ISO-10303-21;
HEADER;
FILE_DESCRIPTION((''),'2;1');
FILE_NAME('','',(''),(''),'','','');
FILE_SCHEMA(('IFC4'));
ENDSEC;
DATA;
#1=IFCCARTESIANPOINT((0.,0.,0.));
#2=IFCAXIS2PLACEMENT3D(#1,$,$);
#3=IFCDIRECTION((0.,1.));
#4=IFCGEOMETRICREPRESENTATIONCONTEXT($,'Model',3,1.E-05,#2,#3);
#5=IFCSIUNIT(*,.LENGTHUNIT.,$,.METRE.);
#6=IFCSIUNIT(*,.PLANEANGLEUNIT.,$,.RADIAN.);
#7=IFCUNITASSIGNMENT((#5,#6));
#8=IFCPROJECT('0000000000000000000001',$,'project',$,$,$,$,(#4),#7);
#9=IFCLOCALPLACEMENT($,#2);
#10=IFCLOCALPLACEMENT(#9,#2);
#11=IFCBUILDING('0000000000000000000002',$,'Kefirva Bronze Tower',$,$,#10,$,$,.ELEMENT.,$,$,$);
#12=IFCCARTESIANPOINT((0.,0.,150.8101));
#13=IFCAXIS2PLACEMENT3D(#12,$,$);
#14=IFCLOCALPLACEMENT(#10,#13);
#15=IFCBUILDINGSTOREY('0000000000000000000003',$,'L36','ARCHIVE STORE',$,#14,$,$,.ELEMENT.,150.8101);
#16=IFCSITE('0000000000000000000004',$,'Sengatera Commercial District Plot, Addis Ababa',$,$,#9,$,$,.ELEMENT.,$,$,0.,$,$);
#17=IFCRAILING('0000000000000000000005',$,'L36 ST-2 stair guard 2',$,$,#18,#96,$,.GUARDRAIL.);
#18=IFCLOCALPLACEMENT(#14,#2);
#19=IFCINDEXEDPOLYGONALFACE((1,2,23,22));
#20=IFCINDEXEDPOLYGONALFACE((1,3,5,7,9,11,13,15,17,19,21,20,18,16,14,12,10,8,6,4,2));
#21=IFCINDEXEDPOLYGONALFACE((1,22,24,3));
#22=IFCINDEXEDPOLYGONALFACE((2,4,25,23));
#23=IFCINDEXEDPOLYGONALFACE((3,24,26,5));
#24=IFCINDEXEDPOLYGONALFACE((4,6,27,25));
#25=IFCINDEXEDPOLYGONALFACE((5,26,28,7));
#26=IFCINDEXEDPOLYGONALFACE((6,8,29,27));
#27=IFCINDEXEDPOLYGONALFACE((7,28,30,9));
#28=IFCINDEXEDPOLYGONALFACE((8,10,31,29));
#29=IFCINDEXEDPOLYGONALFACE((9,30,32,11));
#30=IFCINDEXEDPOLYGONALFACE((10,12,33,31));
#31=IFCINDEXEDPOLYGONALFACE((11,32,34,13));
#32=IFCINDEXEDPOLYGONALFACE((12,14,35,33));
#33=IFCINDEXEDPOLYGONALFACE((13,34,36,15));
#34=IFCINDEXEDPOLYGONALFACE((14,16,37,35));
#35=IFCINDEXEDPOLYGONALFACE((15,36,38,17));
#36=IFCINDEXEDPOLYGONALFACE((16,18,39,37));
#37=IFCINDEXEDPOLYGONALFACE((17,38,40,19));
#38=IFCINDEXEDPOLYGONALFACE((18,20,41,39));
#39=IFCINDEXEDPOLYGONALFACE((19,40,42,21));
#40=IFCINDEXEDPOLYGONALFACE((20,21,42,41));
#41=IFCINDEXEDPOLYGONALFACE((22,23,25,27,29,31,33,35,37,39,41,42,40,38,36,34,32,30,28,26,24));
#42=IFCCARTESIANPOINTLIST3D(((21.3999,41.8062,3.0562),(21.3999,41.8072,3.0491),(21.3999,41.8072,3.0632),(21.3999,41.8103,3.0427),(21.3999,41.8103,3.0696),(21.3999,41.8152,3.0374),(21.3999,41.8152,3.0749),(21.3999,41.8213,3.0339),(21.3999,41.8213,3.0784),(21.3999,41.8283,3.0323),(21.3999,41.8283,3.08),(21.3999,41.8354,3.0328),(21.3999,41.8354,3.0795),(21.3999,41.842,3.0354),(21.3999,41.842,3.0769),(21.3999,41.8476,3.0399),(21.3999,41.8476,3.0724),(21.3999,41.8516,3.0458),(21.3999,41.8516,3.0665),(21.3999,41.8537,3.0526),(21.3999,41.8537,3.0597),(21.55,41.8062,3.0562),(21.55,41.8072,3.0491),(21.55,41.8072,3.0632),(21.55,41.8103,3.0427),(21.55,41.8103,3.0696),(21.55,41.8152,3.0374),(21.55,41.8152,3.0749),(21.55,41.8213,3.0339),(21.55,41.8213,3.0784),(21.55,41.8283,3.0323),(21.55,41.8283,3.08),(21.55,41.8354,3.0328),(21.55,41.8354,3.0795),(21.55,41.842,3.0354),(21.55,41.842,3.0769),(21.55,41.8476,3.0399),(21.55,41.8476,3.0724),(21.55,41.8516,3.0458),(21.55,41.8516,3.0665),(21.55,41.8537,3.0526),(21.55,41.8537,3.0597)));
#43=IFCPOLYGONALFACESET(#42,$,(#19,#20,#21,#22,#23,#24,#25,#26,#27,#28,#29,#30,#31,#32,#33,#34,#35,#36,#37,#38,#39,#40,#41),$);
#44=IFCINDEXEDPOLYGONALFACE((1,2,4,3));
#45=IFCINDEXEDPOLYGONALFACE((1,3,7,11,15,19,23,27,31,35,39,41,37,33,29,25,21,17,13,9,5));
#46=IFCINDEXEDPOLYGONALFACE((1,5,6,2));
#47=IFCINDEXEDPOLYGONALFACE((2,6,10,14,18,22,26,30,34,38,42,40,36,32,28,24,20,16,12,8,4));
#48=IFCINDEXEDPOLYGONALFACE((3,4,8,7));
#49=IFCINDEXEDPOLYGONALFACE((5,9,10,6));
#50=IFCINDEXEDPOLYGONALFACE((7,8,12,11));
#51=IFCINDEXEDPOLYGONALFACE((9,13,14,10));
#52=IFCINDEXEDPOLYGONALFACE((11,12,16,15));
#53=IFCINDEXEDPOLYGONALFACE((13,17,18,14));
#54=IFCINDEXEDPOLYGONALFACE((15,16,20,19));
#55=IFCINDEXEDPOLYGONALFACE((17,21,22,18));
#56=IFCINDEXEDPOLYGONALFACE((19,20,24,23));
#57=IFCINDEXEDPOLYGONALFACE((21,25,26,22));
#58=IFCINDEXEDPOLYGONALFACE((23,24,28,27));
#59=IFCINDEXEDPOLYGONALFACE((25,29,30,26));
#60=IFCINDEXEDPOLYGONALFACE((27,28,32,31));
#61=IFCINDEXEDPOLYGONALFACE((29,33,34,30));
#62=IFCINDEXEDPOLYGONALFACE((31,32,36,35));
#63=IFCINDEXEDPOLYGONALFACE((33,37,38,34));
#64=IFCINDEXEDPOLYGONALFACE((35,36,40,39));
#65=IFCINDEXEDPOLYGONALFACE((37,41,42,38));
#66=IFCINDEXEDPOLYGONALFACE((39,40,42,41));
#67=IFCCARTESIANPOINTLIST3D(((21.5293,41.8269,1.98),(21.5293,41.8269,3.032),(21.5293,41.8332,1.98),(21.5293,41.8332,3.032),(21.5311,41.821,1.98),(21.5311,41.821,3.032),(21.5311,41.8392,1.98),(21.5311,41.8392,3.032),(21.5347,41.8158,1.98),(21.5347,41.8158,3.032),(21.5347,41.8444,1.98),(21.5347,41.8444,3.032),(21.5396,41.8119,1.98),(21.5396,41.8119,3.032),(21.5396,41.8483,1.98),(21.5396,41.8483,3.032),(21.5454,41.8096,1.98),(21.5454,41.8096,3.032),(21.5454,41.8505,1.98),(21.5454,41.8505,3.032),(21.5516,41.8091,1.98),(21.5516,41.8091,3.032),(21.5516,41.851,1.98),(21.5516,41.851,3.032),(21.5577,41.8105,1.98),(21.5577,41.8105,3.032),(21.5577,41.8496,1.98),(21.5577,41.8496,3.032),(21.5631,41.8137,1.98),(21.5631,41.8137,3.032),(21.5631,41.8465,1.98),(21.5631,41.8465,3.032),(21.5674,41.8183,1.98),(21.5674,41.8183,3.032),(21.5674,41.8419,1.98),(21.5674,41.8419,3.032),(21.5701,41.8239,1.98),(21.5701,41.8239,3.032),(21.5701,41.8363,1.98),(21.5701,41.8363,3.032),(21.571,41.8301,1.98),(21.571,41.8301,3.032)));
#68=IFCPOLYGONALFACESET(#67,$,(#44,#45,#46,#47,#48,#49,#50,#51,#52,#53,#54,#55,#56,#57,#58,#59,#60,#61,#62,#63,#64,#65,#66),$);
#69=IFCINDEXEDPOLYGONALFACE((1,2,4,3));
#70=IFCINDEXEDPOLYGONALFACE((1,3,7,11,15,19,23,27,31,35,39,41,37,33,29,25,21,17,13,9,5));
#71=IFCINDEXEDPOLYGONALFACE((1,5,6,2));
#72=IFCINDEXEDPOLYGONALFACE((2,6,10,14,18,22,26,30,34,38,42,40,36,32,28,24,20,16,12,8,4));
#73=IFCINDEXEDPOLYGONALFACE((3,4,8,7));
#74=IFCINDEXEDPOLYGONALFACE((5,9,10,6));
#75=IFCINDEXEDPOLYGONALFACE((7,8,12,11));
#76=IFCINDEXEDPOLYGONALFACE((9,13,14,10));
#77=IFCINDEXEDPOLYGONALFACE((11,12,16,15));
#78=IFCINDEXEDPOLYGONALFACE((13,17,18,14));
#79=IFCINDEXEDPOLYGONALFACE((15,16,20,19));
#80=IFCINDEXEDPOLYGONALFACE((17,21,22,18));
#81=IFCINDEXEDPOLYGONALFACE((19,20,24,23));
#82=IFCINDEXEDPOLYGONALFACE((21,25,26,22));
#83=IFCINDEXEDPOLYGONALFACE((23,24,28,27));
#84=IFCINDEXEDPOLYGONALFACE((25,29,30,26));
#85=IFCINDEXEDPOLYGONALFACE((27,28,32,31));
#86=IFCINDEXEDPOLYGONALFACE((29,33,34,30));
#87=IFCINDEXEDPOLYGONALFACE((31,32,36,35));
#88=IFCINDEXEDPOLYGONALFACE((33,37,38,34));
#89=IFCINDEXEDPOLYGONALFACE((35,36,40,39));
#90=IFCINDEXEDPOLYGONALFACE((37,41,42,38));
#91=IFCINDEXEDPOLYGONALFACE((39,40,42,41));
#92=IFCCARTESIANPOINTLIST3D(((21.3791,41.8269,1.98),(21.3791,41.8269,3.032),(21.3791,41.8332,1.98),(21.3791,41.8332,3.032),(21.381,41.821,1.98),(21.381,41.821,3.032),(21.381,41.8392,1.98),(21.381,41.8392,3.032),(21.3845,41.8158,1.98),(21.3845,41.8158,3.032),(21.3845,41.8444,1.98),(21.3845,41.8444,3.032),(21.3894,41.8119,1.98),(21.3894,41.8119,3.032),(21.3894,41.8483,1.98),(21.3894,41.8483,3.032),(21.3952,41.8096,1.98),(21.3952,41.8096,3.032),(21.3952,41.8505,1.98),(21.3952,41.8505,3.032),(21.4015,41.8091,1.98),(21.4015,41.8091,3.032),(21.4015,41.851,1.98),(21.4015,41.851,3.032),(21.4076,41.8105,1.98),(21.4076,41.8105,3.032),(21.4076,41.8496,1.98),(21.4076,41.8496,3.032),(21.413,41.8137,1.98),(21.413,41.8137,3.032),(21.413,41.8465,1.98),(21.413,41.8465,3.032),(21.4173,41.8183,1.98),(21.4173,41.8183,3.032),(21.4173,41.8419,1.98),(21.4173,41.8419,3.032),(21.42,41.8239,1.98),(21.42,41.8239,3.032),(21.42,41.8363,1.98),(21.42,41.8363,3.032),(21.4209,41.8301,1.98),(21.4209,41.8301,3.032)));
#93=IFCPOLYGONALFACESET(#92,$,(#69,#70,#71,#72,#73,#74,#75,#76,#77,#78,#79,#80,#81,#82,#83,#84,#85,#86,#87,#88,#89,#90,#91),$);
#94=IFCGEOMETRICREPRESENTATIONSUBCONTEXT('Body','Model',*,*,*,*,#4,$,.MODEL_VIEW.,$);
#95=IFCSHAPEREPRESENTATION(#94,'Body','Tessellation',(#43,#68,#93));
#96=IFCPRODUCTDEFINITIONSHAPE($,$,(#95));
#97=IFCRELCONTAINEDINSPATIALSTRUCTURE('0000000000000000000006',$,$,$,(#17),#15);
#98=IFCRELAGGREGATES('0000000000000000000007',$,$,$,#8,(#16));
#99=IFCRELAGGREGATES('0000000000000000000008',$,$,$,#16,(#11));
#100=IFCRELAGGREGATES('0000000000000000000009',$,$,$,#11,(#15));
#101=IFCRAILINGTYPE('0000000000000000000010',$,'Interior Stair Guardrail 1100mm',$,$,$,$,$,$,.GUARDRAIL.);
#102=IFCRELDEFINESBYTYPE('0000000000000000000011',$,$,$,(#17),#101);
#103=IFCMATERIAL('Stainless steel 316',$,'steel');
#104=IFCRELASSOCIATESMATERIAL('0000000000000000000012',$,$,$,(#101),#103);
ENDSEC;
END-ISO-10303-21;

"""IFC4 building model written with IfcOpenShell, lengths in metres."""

from ifc_helpers import new_model, si_unit, direction, frame, origin, origin_2d, place, context, subcontext, project, spatial, circle, extrude, material, type_object, element, save


model = new_model("IFC4")

# Units and contexts
model_context = context("Model", 3, precision=1e-05, world=origin(), true_north=direction((0.0, 1.0)))
body_context = subcontext(model_context, "Body", "Model", "MODEL_VIEW")
ifc_project = project(units=[si_unit("LENGTHUNIT", "METRE"), si_unit("PLANEANGLEUNIT", "RADIAN")], contexts=[model_context])

# Site, building, storey
site_placement = place(None, origin())
site = spatial("IfcSite", under=ifc_project, at=site_placement, Name="Sengatera Commercial District Plot, Addis Ababa", CompositionType="ELEMENT", RefElevation=0.0)
building_placement = place(site_placement, origin())
building = spatial("IfcBuilding", under=site, at=building_placement, Name="Kefirva Bronze Tower", CompositionType="ELEMENT")
storey_placement = place(building_placement, frame((0.0, 0.0, 150.8101)))
storey = spatial("IfcBuildingStorey", under=building, at=storey_placement, Name="L36", Description="ARCHIVE STORE", CompositionType="ELEMENT", Elevation=150.8101)

# Railing
ifc_material_1 = material(Name="Stainless steel 316", Category="steel")
railing_type_1 = type_object("IfcRailingType", Name="Interior Stair Guardrail 1100mm", PredefinedType="GUARDRAIL", material=ifc_material_1)
railing_1_placement = place(storey_placement, frame((21.55, 41.8301, 1.98)))
element("IfcRailing", 1, at=railing_1_placement, inside=storey, type_object=railing_type_1, Name="L36 ST-2 stair guard 2", PredefinedType="GUARDRAIL", context=body_context, shape_type="SweptSolid", body=[
    extrude(circle(Radius=0.0239, at=origin_2d()), frame((0.0, 0.0, 1.0762), z_axis=(-1.0, 0.0, 0.0), x_axis=(0.0, -1.0, 0.0)), (0.0, 0.0, 1.0), 0.1501),
    extrude(circle(Radius=0.021, at=origin_2d()), origin(), (0.0, 0.0, 1.0), 1.052),
    extrude(circle(Radius=0.021, at=origin_2d()), frame((-0.1501, 0.0, 0.0)), (0.0, 0.0, 1.0), 1.052),
])

save(model, "model.ifc")
